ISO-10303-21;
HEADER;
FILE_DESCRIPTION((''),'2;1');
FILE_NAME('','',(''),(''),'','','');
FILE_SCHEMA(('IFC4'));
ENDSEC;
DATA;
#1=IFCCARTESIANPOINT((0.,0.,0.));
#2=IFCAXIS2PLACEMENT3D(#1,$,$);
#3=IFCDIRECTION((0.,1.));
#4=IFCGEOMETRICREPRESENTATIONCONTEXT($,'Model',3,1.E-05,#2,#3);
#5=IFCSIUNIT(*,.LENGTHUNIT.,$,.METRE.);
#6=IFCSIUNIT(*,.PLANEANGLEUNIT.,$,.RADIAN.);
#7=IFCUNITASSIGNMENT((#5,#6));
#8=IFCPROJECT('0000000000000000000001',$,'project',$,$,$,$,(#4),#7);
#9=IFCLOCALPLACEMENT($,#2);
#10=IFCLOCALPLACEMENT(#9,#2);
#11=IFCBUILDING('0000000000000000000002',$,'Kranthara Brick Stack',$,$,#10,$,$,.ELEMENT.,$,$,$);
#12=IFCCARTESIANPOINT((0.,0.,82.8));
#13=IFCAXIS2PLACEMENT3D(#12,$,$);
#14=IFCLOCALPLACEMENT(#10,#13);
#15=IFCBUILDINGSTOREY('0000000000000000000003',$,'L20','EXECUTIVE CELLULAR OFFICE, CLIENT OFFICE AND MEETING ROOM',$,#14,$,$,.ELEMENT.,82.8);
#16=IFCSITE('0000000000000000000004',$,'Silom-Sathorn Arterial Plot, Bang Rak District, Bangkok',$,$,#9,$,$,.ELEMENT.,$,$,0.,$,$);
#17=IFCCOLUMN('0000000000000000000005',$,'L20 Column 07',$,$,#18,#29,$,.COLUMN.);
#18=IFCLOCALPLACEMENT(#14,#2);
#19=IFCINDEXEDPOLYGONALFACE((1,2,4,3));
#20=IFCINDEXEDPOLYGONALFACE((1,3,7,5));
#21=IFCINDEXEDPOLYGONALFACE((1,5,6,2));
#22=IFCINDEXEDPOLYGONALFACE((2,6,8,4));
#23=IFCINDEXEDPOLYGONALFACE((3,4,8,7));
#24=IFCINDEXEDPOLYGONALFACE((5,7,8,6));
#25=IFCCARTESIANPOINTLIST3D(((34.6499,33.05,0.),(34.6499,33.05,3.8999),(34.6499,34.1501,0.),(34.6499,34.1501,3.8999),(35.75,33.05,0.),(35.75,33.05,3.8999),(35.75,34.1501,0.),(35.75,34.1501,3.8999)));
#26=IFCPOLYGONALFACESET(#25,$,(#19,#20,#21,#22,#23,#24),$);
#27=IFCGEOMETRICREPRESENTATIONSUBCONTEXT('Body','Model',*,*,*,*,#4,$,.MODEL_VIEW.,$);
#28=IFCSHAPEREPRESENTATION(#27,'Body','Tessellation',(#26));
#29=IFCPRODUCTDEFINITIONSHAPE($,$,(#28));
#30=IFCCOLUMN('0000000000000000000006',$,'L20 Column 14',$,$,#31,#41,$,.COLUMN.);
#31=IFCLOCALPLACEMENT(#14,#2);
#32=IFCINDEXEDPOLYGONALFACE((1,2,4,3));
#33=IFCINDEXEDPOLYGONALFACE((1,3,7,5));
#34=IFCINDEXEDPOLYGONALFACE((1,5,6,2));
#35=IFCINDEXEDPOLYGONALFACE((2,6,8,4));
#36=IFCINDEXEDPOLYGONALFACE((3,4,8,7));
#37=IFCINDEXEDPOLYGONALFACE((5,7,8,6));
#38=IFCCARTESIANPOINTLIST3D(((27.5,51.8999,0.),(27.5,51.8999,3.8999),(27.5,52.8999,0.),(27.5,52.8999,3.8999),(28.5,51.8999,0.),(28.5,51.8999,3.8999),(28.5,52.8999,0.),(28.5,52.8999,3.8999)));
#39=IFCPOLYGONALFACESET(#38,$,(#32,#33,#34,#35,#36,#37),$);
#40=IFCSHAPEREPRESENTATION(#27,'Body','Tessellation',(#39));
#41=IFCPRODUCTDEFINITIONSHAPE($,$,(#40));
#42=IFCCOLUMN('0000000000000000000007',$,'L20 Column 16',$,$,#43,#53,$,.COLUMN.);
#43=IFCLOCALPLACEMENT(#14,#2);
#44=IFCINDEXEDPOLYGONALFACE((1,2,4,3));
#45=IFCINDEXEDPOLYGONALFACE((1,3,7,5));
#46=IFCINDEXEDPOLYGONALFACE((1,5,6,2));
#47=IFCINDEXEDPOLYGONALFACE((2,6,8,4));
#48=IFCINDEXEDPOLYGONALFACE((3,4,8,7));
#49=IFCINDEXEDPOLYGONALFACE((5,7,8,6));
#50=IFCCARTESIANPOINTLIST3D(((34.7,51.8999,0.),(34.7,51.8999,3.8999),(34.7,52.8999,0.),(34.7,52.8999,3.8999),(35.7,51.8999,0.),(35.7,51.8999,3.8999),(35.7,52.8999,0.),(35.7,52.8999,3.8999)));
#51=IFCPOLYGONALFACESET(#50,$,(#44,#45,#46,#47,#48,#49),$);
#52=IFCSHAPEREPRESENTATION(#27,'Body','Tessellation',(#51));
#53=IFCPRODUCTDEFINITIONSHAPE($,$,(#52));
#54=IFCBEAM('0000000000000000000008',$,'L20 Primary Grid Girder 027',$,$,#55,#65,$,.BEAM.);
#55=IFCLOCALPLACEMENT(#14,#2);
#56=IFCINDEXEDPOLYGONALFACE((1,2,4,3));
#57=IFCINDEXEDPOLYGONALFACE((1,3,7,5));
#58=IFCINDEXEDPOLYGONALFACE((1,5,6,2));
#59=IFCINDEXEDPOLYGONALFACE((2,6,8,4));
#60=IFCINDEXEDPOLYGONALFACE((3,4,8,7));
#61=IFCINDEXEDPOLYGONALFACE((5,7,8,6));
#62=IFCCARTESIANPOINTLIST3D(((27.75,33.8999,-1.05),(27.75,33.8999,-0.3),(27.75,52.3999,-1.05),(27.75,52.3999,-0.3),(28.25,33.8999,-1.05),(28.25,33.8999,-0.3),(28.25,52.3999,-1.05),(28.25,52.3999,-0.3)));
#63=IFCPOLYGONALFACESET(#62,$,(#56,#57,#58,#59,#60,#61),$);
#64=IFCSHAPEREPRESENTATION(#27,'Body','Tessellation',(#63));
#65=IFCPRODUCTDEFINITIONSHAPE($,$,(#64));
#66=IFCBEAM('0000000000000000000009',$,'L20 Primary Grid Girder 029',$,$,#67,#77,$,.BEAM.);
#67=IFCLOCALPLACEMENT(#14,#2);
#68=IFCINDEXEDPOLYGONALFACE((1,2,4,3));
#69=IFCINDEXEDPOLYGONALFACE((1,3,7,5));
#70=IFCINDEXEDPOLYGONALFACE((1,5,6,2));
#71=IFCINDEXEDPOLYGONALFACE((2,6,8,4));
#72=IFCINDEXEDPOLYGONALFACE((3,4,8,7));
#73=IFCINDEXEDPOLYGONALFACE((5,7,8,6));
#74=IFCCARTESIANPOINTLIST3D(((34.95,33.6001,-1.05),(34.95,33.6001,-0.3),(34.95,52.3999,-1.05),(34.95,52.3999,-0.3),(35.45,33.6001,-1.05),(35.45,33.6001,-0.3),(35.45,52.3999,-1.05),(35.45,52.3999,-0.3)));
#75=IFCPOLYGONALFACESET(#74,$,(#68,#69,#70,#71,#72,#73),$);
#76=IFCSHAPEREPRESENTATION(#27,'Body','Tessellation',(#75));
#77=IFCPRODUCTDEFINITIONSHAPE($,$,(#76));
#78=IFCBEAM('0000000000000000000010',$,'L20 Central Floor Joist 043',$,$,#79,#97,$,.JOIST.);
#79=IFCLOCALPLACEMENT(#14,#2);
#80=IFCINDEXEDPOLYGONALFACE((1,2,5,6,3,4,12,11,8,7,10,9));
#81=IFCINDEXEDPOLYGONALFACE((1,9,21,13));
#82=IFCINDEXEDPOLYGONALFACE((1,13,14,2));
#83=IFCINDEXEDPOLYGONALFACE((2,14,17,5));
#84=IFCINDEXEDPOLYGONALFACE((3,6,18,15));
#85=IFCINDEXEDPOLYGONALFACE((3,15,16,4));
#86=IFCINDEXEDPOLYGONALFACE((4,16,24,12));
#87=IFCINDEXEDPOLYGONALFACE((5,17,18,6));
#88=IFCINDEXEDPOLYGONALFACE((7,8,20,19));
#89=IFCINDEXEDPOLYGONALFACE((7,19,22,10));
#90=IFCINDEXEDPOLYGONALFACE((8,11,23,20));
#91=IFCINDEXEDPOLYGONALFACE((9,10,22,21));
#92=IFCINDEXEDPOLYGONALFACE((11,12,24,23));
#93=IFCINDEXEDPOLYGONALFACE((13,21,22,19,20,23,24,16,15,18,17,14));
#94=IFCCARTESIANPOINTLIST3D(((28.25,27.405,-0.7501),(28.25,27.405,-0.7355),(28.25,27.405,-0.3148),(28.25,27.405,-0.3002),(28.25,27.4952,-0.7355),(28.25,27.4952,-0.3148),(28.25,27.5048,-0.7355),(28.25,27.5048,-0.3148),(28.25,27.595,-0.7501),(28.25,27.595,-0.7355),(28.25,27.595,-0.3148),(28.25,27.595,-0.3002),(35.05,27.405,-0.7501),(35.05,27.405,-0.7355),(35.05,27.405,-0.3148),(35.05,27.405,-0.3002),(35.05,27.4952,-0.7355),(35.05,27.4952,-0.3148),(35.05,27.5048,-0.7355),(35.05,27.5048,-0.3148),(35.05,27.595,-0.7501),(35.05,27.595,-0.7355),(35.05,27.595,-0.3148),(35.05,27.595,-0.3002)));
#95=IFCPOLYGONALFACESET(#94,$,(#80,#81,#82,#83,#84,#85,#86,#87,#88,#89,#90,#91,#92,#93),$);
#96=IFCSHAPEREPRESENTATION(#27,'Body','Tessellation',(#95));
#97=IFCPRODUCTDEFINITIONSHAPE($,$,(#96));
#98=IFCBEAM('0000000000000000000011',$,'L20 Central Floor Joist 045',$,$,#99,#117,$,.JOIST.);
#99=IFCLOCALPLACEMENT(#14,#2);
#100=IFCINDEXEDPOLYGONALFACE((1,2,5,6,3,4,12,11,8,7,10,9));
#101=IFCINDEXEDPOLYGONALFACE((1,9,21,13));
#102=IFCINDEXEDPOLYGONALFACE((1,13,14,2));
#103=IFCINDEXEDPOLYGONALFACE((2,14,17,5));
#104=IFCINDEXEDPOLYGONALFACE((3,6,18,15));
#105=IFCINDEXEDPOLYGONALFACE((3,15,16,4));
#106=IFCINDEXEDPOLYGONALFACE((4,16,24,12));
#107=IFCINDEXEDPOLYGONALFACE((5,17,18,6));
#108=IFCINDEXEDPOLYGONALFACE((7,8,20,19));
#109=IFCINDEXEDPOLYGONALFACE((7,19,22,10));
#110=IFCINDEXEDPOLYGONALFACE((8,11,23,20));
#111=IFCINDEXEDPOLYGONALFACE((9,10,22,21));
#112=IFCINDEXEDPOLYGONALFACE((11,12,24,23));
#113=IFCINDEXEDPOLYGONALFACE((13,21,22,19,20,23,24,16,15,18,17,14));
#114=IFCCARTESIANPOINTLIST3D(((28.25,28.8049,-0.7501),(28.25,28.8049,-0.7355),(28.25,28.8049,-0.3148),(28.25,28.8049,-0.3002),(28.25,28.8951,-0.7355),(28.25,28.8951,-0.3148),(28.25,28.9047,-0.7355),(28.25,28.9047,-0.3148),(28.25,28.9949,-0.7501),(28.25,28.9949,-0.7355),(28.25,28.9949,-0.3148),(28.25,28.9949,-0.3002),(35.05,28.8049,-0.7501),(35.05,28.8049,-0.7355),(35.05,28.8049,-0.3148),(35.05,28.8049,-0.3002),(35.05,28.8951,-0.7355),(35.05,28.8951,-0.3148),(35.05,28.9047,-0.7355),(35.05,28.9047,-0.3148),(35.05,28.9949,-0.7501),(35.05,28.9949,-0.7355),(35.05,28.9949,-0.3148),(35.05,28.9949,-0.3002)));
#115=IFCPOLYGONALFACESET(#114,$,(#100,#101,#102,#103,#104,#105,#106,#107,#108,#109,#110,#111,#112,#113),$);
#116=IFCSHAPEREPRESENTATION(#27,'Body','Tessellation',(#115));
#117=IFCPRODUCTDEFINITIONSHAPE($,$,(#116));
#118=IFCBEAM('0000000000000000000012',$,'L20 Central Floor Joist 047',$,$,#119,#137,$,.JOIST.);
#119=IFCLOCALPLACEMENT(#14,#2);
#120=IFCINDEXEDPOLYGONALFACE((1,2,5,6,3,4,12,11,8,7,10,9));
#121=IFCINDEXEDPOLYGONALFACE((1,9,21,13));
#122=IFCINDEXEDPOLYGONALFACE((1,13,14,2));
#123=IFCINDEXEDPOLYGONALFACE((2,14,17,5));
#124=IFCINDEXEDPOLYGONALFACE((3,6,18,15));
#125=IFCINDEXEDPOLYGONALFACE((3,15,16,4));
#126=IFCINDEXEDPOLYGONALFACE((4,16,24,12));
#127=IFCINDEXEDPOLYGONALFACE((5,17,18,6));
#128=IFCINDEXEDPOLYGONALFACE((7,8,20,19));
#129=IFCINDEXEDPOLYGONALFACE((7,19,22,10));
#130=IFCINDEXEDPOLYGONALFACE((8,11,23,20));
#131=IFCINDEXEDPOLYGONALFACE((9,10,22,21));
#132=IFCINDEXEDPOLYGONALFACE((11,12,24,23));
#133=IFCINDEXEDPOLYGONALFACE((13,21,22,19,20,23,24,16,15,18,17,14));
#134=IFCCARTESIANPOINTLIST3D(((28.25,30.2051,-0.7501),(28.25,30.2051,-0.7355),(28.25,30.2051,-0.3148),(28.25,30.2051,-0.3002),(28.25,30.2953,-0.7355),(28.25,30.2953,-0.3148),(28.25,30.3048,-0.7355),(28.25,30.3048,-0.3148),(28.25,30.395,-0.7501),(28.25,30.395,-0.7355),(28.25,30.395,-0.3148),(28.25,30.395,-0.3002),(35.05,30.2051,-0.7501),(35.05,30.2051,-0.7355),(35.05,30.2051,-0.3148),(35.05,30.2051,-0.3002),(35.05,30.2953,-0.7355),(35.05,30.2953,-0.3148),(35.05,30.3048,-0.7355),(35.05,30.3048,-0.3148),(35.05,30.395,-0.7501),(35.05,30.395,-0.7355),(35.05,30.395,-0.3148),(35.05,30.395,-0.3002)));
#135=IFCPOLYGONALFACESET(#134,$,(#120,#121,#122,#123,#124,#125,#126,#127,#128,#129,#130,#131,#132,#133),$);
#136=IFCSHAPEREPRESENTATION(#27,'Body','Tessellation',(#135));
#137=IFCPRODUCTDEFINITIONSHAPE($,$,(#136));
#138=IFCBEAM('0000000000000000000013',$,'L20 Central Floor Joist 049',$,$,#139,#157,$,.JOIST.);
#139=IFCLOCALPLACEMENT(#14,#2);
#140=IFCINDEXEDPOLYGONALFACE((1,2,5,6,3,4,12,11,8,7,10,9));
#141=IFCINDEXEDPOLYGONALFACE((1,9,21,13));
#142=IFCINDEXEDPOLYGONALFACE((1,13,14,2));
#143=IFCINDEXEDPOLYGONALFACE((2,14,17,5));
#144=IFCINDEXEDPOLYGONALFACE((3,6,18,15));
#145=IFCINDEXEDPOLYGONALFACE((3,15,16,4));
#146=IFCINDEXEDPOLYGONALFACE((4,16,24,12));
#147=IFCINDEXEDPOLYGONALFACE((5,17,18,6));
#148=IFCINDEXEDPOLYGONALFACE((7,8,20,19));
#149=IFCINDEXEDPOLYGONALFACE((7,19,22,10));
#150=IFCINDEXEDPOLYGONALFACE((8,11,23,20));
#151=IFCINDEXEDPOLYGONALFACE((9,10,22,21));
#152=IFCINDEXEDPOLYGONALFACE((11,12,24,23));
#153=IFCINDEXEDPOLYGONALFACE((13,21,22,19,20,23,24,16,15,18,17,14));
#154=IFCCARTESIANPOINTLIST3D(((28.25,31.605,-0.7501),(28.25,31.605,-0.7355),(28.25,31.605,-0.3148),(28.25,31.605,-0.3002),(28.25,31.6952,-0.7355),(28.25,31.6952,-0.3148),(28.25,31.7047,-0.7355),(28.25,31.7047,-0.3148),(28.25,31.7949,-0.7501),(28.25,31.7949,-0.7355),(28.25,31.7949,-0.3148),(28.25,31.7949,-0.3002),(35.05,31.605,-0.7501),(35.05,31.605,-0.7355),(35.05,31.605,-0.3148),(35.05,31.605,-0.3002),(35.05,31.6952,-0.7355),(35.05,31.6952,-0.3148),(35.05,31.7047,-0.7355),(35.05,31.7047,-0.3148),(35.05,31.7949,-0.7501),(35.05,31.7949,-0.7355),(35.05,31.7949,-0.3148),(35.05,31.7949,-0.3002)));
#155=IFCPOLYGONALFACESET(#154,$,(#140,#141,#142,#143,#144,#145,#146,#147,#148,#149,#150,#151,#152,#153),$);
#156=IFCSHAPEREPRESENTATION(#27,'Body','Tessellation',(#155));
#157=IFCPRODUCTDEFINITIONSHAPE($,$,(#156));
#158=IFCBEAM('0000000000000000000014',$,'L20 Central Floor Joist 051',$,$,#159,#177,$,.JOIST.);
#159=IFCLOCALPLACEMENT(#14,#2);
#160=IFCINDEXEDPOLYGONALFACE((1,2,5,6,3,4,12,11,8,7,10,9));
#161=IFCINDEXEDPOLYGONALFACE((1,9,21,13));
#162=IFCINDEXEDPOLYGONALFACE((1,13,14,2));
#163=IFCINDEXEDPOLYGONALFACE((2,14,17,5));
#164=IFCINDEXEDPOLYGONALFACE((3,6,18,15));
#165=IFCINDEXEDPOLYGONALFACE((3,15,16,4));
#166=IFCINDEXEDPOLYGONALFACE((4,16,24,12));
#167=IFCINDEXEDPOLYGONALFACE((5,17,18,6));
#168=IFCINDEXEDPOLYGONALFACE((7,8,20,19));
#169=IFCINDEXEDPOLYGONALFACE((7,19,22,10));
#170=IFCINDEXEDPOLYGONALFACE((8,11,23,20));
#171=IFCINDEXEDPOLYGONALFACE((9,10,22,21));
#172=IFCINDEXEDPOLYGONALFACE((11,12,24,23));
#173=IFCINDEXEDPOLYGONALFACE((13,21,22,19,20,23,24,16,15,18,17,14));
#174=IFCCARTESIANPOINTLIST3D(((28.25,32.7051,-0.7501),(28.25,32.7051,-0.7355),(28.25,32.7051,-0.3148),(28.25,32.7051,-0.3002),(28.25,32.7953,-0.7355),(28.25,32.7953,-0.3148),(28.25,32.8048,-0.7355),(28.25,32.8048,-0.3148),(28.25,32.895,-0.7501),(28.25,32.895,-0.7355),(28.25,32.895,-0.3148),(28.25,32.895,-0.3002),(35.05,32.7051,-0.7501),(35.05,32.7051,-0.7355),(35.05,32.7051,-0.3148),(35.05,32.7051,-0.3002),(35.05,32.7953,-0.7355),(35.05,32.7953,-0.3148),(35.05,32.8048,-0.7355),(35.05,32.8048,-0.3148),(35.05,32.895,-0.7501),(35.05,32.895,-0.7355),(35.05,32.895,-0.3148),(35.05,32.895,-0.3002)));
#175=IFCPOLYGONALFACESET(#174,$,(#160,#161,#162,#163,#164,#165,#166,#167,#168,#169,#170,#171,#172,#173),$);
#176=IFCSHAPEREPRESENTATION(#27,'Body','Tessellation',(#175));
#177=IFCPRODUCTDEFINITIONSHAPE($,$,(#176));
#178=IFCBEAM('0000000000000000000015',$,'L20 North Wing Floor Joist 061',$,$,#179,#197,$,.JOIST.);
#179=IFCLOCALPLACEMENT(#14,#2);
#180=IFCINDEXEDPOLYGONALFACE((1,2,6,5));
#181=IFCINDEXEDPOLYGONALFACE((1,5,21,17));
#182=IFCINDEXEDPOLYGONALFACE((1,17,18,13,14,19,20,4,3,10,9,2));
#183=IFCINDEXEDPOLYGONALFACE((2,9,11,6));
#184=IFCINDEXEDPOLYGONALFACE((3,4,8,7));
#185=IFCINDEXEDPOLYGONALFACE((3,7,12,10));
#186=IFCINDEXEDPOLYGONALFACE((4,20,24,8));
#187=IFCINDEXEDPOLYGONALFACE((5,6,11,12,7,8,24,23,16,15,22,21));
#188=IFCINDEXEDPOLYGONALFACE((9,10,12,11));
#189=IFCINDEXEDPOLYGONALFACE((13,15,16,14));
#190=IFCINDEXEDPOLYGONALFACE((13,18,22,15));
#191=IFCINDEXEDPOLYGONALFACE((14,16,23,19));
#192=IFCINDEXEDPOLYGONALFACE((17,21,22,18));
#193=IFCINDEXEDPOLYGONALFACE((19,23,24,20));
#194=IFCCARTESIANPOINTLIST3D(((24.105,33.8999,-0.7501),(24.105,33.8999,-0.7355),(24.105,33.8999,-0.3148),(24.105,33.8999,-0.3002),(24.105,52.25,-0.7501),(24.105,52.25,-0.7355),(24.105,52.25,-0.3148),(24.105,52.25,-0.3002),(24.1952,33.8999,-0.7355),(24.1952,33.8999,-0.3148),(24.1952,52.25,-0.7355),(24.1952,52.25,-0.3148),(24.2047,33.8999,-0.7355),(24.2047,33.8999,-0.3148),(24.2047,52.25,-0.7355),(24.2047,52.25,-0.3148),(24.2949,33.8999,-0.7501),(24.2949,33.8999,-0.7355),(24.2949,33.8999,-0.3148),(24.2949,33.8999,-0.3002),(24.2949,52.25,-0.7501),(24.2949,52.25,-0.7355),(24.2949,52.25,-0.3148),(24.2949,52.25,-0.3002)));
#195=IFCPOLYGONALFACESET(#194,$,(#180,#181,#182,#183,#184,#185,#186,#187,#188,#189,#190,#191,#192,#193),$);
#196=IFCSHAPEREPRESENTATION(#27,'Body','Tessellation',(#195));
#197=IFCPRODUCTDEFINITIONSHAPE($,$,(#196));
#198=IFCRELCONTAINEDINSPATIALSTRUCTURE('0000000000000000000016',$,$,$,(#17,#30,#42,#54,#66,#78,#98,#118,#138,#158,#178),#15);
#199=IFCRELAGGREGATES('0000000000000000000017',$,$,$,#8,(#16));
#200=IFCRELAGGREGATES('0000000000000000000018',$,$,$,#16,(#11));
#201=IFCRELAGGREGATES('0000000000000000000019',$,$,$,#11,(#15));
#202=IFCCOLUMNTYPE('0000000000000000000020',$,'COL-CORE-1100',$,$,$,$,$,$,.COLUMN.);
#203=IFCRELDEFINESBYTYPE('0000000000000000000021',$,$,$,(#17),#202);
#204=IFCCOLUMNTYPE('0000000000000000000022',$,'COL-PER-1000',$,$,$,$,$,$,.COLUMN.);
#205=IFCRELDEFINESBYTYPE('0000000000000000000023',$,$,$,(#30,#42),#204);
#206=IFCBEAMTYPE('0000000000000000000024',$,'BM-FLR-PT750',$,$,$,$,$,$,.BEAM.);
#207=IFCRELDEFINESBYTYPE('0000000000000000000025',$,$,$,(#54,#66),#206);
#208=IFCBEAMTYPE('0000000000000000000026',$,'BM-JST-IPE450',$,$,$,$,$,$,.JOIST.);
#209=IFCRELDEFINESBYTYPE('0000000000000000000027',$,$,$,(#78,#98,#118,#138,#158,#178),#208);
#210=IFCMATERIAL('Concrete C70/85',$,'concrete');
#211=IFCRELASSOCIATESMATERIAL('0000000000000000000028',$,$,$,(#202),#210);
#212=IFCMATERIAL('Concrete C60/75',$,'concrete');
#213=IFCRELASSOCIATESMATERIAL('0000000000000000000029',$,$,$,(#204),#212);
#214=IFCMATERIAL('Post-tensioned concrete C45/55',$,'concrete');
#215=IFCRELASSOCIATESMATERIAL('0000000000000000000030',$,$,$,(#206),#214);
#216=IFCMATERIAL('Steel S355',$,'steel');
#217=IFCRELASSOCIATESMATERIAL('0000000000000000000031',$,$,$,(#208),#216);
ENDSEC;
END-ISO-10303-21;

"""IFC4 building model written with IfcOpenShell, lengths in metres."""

from ifc_helpers import new_model, si_unit, direction, frame, origin, origin_2d, place, context, subcontext, project, spatial, rectangle, i_section, extrude, material, material_profile, profile_set, type_object, element, save


model = new_model("IFC4")

# Units and contexts
model_context = context("Model", 3, precision=1e-05, world=origin(), true_north=direction((0.0, 1.0)))
body_context = subcontext(model_context, "Body", "Model", "MODEL_VIEW")
ifc_project = project(units=[si_unit("LENGTHUNIT", "METRE"), si_unit("PLANEANGLEUNIT", "RADIAN")], contexts=[model_context])

# Site, building, storey
site_placement = place(None, origin())
site = spatial("IfcSite", under=ifc_project, at=site_placement, Name="Silom-Sathorn Arterial Plot, Bang Rak District, Bangkok", CompositionType="ELEMENT", RefElevation=0.0)
building_placement = place(site_placement, origin())
building = spatial("IfcBuilding", under=site, at=building_placement, Name="Kranthara Brick Stack", CompositionType="ELEMENT")
storey_placement = place(building_placement, frame((0.0, 0.0, 82.8)))
storey = spatial("IfcBuildingStorey", under=building, at=storey_placement, Name="L20", Description="EXECUTIVE CELLULAR OFFICE, CLIENT OFFICE AND MEETING ROOM", CompositionType="ELEMENT", Elevation=82.8)

# Columns
ifc_material_1 = material(Name="Concrete C70/85", Category="concrete")
ifc_material_profile_1 = material_profile(ifc_material_1, rectangle(XDim=1.1001, YDim=1.1001, at=origin_2d()), Name="RC 1100x1100")
ifc_profile_set_1 = profile_set([ifc_material_profile_1], Name="Concrete C70/85")
column_type_1 = type_object("IfcColumnType", Name="COL-CORE-1100", PredefinedType="COLUMN", material=ifc_profile_set_1)
column_placement = place(storey_placement, frame((35.2, 33.6001, 0.0), z_axis=(0.0, 0.0, 1.0), x_axis=(1.0, 0.0, 0.0)))
element("IfcColumn", 1, at=column_placement, inside=storey, type_object=column_type_1, Name="L20 Column 07", PredefinedType="COLUMN", context=body_context, shape_type="SweptSolid", body=[
    extrude(rectangle(XDim=1.1001, YDim=1.1001, at=origin_2d()), origin(), (0.0, 0.0, 1.0), 3.8999),
])
ifc_material_2 = material(Name="Concrete C60/75", Category="concrete")
ifc_material_profile_2 = material_profile(ifc_material_2, rectangle(XDim=1.0, YDim=1.0, at=origin_2d()), Name="RC 1000x1000")
ifc_profile_set_2 = profile_set([ifc_material_profile_2], Name="Concrete C60/75")
column_type_2 = type_object("IfcColumnType", Name="COL-PER-1000", PredefinedType="COLUMN", material=ifc_profile_set_2)
for number, where, z_axis, x_axis, name in (
    (2, (28.0, 52.3999, 0.0), (0.0, 0.0, 1.0), (1.0, 0.0, 0.0), "L20 Column 14"),
    (3, (35.2, 52.3999, 0.0), (0.0, 0.0, 1.0), (1.0, 0.0, 0.0), "L20 Column 16"),
):
    element("IfcColumn", number, at=place(storey_placement, frame(where, z_axis=z_axis, x_axis=x_axis)), inside=storey, type_object=column_type_2, Name=name, PredefinedType="COLUMN", context=body_context, shape_type="SweptSolid", body=[
        extrude(rectangle(XDim=1.0, YDim=1.0, at=origin_2d()), origin(), (0.0, 0.0, 1.0), 3.8999),
    ])

# Beams
ifc_material_3 = material(Name="Post-tensioned concrete C45/55", Category="concrete")
ifc_material_profile_3 = material_profile(ifc_material_3, rectangle(XDim=0.5, YDim=0.75, at=origin_2d()), Name="PT 500x750")
ifc_profile_set_3 = profile_set([ifc_material_profile_3], Name="Post-tensioned concrete C45/55")
beam_type_1 = type_object("IfcBeamType", Name="BM-FLR-PT750", PredefinedType="BEAM", material=ifc_profile_set_3)
beam_1_placement = place(storey_placement, frame((28.0, 33.8999, -0.675), z_axis=(0.0, 1.0, 0.0), x_axis=(-1.0, 0.0, 0.0)))
element("IfcBeam", 4, at=beam_1_placement, inside=storey, type_object=beam_type_1, Name="L20 Primary Grid Girder 027", PredefinedType="BEAM", context=body_context, shape_type="SweptSolid", body=[
    extrude(rectangle(XDim=0.5, YDim=0.75, at=origin_2d()), origin(), (0.0, 0.0, 1.0), 18.5),
])
beam_2_placement = place(storey_placement, frame((35.2, 33.6001, -0.675), z_axis=(0.0, 1.0, 0.0), x_axis=(-1.0, 0.0, 0.0)))
element("IfcBeam", 5, at=beam_2_placement, inside=storey, type_object=beam_type_1, Name="L20 Primary Grid Girder 029", PredefinedType="BEAM", context=body_context, shape_type="SweptSolid", body=[
    extrude(rectangle(XDim=0.5, YDim=0.75, at=origin_2d()), origin(), (0.0, 0.0, 1.0), 18.7998),
])
ifc_material_4 = material(Name="Steel S355", Category="steel")
ifc_material_profile_4 = material_profile(ifc_material_4, i_section(OverallWidth=0.1899, OverallDepth=0.45, WebThickness=0.0095, FlangeThickness=0.0146, at=origin_2d()), Name="IPE 450")
ifc_profile_set_4 = profile_set([ifc_material_profile_4], Name="Steel S355")
beam_type_2 = type_object("IfcBeamType", Name="BM-JST-IPE450", PredefinedType="JOIST", material=ifc_profile_set_4)
for number, where, z_axis, x_axis, name in (
    (6, (28.25, 27.5, -0.5251), (1.0, 0.0, 0.0), (0.0, 1.0, 0.0), "L20 Central Floor Joist 043"),
    (7, (28.25, 28.8999, -0.5251), (1.0, 0.0, 0.0), (0.0, 1.0, 0.0), "L20 Central Floor Joist 045"),
    (8, (28.25, 30.3, -0.5251), (1.0, 0.0, 0.0), (0.0, 1.0, 0.0), "L20 Central Floor Joist 047"),
    (9, (28.25, 31.7, -0.5251), (1.0, 0.0, 0.0), (0.0, 1.0, 0.0), "L20 Central Floor Joist 049"),
    (10, (28.25, 32.8, -0.5251), (1.0, 0.0, 0.0), (0.0, 1.0, 0.0), "L20 Central Floor Joist 051"),
):
    element("IfcBeam", number, at=place(storey_placement, frame(where, z_axis=z_axis, x_axis=x_axis)), inside=storey, type_object=beam_type_2, Name=name, PredefinedType="JOIST", context=body_context, shape_type="SweptSolid", body=[
        extrude(i_section(OverallWidth=0.1899, OverallDepth=0.45, WebThickness=0.0095, FlangeThickness=0.0146, at=origin_2d()), origin(), (0.0, 0.0, 1.0), 6.8),
    ])
for number, where, z_axis, x_axis, name in (
    (11, (24.2, 33.8999, -0.5251), (0.0, 1.0, 0.0), (-1.0, 0.0, 0.0), "L20 North Wing Floor Joist 061"),
):
    element("IfcBeam", number, at=place(storey_placement, frame(where, z_axis=z_axis, x_axis=x_axis)), inside=storey, type_object=beam_type_2, Name=name, PredefinedType="JOIST", context=body_context, shape_type="SweptSolid", body=[
        extrude(i_section(OverallWidth=0.1899, OverallDepth=0.45, WebThickness=0.0095, FlangeThickness=0.0146, at=origin_2d()), origin(), (0.0, 0.0, 1.0), 18.3501),
    ])

save(model, "model.ifc")
